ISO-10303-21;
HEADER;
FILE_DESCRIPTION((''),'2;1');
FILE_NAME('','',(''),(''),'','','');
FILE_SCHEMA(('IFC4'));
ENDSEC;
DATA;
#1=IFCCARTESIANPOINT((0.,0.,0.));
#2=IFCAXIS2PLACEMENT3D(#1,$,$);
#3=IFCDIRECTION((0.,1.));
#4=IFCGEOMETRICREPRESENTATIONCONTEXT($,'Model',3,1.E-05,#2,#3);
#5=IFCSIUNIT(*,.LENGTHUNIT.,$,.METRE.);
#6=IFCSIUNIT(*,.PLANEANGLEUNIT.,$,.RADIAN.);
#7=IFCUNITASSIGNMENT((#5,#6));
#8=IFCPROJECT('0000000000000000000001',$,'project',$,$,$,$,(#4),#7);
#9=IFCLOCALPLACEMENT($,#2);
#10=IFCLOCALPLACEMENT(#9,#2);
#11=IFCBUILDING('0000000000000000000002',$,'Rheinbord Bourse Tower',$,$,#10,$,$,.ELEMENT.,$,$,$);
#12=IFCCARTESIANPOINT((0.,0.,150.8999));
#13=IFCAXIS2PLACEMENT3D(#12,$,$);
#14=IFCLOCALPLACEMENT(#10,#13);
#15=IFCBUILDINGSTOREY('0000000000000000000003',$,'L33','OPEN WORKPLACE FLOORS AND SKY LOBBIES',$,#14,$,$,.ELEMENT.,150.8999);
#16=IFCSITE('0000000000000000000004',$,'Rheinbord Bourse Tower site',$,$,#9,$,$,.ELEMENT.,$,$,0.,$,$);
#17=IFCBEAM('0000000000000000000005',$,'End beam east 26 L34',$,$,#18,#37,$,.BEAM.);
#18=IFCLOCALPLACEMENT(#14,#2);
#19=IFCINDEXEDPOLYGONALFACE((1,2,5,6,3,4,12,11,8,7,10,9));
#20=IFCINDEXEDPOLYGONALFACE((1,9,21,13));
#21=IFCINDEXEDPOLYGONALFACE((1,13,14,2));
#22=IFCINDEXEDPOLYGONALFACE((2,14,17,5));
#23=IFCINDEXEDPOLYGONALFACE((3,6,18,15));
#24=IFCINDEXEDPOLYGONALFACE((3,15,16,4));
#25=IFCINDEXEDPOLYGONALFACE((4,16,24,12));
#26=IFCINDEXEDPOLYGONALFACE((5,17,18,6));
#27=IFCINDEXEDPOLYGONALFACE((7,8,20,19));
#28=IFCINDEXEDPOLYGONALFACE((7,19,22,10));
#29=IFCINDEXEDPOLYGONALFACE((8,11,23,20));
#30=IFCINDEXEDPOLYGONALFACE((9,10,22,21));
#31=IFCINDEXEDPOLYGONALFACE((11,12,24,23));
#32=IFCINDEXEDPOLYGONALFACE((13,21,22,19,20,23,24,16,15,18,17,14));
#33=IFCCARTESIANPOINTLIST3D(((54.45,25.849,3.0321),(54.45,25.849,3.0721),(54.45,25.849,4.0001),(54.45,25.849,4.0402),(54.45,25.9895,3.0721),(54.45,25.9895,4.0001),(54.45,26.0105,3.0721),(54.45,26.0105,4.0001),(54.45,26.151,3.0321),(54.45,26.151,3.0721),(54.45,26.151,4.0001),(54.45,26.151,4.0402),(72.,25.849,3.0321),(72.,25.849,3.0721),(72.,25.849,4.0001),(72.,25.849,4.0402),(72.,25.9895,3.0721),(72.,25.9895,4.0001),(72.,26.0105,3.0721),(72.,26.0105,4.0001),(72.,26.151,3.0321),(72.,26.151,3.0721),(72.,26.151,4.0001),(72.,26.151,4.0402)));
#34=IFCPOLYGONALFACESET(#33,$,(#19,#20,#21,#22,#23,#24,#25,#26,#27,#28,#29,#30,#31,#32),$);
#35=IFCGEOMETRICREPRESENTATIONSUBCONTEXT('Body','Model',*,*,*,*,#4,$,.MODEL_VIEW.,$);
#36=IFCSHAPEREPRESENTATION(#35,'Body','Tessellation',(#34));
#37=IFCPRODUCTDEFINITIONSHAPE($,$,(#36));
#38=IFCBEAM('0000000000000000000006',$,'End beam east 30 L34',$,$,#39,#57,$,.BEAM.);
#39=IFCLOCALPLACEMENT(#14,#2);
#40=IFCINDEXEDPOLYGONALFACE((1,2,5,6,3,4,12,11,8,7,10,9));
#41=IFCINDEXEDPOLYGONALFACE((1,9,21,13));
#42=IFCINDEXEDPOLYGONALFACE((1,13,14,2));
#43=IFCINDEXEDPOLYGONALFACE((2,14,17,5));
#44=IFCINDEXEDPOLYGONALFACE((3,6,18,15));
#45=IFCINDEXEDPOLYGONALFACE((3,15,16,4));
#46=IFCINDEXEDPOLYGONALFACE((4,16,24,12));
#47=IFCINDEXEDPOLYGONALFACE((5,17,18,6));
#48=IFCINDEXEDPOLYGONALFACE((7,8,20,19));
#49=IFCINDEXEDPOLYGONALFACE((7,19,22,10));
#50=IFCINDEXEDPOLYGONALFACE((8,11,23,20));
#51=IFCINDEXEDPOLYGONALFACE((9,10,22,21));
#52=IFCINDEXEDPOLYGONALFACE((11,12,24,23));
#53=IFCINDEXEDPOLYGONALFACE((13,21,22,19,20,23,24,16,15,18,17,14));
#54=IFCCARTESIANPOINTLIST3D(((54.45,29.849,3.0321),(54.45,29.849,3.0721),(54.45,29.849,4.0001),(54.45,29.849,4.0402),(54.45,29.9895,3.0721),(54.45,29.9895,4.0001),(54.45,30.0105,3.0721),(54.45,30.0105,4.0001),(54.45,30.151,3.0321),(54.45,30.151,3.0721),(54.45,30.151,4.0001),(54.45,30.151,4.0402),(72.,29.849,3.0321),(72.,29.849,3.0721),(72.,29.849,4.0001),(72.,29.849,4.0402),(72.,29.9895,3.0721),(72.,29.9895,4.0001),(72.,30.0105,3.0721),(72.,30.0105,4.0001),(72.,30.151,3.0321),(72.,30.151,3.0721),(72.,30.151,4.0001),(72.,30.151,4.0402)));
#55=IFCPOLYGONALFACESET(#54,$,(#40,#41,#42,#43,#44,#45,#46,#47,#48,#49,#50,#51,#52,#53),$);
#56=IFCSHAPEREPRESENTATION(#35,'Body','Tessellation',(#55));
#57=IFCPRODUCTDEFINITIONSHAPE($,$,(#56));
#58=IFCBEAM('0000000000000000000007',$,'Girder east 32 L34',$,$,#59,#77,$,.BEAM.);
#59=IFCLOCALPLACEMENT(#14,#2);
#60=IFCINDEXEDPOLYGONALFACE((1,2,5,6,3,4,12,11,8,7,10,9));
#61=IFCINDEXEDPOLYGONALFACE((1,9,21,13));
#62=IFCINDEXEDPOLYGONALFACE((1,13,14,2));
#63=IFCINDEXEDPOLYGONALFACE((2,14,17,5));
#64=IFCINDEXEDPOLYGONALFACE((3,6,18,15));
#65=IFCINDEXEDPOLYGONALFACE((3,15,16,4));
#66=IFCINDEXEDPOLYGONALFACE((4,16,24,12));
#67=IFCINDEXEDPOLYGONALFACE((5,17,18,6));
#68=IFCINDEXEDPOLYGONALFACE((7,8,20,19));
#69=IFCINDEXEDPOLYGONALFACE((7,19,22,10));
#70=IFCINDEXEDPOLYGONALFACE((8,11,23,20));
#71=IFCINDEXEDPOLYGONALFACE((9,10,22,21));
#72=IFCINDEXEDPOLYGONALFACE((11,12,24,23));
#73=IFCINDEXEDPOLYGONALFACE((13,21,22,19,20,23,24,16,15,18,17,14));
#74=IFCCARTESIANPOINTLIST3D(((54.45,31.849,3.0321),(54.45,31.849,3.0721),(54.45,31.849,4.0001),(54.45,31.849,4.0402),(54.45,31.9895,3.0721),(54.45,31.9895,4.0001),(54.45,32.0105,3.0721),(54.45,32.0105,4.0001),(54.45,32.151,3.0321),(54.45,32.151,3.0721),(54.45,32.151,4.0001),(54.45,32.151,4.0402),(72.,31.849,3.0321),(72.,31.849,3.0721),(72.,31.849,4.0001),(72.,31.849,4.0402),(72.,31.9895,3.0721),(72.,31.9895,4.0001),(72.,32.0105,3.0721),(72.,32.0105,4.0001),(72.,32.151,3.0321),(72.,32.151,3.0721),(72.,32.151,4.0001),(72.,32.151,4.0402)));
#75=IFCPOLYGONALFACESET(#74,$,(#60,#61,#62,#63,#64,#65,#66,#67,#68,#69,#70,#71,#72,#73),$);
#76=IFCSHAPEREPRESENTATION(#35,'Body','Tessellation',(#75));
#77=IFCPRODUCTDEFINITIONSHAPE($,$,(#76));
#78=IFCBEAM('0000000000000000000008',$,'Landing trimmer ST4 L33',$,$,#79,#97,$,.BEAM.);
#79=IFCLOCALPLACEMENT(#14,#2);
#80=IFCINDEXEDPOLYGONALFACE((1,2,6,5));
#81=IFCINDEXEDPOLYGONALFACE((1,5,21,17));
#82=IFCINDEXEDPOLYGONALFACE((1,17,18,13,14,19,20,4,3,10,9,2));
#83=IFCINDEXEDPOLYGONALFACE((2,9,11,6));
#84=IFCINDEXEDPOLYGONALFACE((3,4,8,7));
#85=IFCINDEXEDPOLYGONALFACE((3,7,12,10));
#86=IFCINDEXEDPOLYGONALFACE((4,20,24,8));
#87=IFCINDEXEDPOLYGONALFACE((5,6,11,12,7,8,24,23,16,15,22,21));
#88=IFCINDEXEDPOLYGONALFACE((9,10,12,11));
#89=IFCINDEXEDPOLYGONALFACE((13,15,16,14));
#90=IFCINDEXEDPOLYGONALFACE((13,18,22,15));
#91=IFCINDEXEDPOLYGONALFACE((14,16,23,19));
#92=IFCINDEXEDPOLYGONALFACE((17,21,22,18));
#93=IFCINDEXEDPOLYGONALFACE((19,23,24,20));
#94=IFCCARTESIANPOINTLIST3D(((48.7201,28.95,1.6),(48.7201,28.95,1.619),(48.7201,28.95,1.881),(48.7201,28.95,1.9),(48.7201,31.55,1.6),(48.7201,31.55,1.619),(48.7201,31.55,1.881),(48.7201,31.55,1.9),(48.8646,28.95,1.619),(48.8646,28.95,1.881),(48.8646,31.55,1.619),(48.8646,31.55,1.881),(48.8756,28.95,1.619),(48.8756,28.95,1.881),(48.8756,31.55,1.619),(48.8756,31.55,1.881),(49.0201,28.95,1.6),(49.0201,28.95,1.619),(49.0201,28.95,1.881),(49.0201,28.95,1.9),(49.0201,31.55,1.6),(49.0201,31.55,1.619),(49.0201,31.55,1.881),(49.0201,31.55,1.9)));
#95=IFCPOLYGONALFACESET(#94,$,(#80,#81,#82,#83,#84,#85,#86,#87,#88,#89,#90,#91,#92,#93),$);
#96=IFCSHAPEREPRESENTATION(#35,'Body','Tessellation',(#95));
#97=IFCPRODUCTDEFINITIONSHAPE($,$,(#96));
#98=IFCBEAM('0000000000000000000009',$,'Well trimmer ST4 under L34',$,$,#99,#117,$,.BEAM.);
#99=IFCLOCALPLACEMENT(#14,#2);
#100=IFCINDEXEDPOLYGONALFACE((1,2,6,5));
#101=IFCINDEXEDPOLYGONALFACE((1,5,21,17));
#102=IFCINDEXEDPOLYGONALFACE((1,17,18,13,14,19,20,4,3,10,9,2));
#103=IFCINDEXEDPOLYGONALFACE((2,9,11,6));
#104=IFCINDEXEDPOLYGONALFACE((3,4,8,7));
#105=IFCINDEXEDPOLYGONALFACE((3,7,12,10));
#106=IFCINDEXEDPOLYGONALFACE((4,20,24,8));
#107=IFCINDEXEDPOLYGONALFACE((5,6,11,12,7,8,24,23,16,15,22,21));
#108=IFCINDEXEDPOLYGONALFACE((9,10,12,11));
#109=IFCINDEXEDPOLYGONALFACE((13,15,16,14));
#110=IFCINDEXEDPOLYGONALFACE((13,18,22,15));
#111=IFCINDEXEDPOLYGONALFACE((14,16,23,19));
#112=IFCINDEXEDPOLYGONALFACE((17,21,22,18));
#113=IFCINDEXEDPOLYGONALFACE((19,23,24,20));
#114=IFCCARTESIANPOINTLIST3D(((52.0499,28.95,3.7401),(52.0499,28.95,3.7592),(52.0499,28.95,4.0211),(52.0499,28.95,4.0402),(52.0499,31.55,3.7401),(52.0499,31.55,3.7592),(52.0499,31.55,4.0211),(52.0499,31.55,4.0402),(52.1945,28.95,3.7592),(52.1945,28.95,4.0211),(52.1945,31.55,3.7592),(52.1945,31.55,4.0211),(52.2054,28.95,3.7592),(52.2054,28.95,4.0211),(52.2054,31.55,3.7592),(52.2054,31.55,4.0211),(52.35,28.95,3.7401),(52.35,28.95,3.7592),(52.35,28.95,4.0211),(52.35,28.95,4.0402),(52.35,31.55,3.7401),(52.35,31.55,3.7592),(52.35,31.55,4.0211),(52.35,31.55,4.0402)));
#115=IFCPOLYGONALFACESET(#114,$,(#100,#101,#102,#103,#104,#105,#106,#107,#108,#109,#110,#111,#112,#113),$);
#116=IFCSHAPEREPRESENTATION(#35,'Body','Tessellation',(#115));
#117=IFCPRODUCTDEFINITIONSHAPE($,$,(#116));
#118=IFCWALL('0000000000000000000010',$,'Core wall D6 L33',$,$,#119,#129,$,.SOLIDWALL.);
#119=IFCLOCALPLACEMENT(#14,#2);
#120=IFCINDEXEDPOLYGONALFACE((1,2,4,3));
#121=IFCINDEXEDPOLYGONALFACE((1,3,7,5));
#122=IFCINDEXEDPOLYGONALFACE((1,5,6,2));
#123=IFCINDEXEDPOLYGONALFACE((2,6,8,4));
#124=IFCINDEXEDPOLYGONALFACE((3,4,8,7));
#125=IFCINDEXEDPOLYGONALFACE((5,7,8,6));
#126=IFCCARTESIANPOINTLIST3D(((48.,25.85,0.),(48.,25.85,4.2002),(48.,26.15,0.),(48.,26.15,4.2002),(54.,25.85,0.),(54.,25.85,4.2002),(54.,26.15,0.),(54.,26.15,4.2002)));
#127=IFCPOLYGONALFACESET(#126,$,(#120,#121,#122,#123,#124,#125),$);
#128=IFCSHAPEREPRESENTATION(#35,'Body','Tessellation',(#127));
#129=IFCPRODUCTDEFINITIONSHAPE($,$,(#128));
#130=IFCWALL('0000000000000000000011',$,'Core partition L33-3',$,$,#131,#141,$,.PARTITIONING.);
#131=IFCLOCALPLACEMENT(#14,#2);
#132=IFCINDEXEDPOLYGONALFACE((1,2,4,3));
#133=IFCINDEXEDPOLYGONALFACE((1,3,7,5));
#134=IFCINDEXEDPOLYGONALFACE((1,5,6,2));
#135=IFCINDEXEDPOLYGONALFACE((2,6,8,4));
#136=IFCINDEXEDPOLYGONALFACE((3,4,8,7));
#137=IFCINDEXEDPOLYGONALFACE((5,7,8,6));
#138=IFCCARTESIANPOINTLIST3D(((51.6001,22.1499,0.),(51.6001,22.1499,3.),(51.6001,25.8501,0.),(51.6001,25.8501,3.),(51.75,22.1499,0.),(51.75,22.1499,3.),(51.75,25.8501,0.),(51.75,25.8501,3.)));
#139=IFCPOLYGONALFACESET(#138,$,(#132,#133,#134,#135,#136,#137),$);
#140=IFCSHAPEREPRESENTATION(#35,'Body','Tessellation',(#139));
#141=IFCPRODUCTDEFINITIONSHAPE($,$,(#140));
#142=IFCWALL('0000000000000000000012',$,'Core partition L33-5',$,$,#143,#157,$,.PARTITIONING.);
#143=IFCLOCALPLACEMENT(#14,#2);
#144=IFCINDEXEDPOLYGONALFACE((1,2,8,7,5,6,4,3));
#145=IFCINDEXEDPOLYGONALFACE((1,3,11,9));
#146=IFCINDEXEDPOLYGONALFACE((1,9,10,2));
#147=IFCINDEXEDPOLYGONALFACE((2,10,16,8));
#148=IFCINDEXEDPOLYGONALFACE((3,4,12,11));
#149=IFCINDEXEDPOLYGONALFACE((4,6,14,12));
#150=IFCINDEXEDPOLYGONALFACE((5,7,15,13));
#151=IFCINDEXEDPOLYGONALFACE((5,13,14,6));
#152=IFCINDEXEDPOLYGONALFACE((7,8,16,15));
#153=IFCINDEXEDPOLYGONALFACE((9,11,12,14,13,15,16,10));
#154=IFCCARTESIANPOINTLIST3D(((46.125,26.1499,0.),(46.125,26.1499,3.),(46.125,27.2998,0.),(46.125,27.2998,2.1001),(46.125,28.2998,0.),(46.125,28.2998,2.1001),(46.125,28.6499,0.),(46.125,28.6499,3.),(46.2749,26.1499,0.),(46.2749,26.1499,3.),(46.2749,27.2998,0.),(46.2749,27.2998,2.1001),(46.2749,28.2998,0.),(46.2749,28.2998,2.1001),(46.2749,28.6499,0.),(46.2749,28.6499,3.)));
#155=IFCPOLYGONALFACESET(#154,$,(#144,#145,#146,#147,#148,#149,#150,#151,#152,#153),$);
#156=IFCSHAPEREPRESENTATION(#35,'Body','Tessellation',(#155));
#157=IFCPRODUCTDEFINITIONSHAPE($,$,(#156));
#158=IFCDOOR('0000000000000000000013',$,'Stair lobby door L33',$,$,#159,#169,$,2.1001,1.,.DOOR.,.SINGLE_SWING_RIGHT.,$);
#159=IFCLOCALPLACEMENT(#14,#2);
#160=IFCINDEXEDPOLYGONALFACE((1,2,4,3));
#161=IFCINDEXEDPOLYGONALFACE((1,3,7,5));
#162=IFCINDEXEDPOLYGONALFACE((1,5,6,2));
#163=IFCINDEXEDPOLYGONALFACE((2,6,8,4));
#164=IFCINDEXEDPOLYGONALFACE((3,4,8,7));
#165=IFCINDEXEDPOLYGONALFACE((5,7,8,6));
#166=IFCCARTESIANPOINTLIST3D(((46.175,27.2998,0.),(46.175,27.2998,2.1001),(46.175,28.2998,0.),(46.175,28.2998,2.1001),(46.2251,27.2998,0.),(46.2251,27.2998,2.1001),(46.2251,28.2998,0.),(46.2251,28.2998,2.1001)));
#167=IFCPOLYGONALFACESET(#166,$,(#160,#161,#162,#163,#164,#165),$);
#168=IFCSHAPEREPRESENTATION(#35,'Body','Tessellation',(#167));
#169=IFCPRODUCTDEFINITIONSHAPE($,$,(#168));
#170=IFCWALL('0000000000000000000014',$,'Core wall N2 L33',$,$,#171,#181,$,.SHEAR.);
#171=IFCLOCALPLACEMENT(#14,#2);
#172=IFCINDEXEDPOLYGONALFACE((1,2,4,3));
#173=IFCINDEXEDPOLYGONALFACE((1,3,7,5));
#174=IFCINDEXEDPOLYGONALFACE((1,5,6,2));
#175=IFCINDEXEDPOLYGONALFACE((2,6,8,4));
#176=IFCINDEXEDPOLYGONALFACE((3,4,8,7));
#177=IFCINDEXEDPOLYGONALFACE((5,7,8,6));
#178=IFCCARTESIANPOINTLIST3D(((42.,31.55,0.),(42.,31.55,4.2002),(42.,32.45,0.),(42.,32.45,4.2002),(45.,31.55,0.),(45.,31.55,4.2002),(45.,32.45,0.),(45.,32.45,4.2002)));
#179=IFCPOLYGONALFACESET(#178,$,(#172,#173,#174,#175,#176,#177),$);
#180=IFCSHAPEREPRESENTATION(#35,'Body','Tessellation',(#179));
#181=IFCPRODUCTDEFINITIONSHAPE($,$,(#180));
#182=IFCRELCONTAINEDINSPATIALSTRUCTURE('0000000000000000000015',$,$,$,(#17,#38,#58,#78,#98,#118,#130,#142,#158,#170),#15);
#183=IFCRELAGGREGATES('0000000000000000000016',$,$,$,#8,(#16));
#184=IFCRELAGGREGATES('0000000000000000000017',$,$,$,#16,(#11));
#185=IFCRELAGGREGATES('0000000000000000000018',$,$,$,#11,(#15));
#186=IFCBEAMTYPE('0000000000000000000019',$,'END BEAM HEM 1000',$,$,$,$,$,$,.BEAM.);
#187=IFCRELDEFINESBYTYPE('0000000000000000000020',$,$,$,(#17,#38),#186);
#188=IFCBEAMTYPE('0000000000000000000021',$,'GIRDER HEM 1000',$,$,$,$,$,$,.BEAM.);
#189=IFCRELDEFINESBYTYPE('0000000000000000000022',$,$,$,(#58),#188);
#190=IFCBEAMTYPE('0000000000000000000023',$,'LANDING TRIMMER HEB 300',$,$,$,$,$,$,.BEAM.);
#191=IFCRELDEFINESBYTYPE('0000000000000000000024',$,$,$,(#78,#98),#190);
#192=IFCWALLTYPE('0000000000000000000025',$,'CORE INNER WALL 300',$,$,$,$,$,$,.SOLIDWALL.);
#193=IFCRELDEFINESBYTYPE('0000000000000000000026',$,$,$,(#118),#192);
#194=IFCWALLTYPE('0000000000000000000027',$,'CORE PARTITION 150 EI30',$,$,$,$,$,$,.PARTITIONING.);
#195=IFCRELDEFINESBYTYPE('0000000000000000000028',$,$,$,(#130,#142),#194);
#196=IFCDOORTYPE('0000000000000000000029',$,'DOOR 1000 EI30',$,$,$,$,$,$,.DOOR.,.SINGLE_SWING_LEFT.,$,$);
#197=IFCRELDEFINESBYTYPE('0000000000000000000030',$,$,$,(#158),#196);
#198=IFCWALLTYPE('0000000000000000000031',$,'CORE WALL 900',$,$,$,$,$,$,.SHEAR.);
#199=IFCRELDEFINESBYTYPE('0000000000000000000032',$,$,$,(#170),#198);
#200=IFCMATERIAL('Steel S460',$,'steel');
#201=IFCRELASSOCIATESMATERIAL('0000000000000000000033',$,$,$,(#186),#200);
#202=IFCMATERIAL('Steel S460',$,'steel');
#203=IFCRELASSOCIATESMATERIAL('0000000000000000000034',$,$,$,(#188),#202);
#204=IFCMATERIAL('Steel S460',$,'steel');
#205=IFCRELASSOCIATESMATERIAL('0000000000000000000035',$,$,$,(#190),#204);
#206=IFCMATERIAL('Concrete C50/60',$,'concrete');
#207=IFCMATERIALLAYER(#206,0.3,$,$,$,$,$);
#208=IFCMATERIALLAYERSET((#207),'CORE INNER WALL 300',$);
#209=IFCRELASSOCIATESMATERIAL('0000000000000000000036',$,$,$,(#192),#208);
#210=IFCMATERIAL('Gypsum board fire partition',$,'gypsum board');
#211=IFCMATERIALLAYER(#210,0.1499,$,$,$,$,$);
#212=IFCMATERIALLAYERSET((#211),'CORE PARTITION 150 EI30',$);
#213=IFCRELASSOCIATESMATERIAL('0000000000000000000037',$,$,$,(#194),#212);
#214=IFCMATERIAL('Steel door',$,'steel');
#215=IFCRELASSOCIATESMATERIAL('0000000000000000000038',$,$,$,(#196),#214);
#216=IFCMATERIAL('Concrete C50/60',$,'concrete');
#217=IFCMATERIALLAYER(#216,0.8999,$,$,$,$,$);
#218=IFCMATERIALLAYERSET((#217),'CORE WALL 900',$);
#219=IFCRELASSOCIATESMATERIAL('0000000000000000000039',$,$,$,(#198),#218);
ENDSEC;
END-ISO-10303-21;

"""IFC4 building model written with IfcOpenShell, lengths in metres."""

from ifc_helpers import new_model, si_unit, direction, frame, frame_2d, origin, origin_2d, place, context, subcontext, project, spatial, rectangle, i_section, extrude, material, layer, layer_set, material_profile, profile_set, type_object, element, fill, save


model = new_model("IFC4")

# Units and contexts
model_context = context("Model", 3, precision=1e-05, world=origin(), true_north=direction((0.0, 1.0)))
body_context = subcontext(model_context, "Body", "Model", "MODEL_VIEW")
ifc_project = project(units=[si_unit("LENGTHUNIT", "METRE"), si_unit("PLANEANGLEUNIT", "RADIAN")], contexts=[model_context])

# Site, building, storey
site_placement = place(None, origin())
site = spatial("IfcSite", under=ifc_project, at=site_placement, Name="Rheinbord Bourse Tower site", CompositionType="ELEMENT", RefElevation=0.0)
building_placement = place(site_placement, origin())
building = spatial("IfcBuilding", under=site, at=building_placement, Name="Rheinbord Bourse Tower", CompositionType="ELEMENT")
storey_placement = place(building_placement, frame((0.0, 0.0, 150.8999)))
storey = spatial("IfcBuildingStorey", under=building, at=storey_placement, Name="L33", Description="OPEN WORKPLACE FLOORS AND SKY LOBBIES", CompositionType="ELEMENT", Elevation=150.8999)

# Beams
ifc_material_1 = material(Name="Steel S460", Category="steel")
ifc_material_profile_1 = material_profile(ifc_material_1, i_section(OverallWidth=0.302, OverallDepth=1.0081, WebThickness=0.021, FlangeThickness=0.04, at=origin_2d()), Name="HEM 1000")
ifc_profile_set_1 = profile_set([ifc_material_profile_1], Name="Steel S460")
beam_type_1 = type_object("IfcBeamType", Name="END BEAM HEM 1000", PredefinedType="BEAM", material=ifc_profile_set_1)
for number, where, z_axis, x_axis, name in (
    (1, (54.45, 26.0, 3.5361), (1.0, 0.0, 0.0), (0.0, 1.0, 0.0), "End beam east 26 L34"),
    (2, (54.45, 30.0, 3.5361), (1.0, 0.0, 0.0), (0.0, 1.0, 0.0), "End beam east 30 L34"),
):
    element("IfcBeam", number, at=place(storey_placement, frame(where, z_axis=z_axis, x_axis=x_axis)), inside=storey, type_object=beam_type_1, Name=name, PredefinedType="BEAM", context=body_context, shape_type="SweptSolid", body=[
        extrude(i_section(OverallWidth=0.302, OverallDepth=1.0081, WebThickness=0.021, FlangeThickness=0.04, at=origin_2d()), origin(), (0.0, 0.0, 1.0), 17.55),
    ])
ifc_material_2 = material(Name="Steel S460", Category="steel")
ifc_material_profile_2 = material_profile(ifc_material_2, i_section(OverallWidth=0.302, OverallDepth=1.0081, WebThickness=0.021, FlangeThickness=0.04, at=origin_2d()), Name="HEM 1000")
ifc_profile_set_2 = profile_set([ifc_material_profile_2], Name="Steel S460")
beam_type_2 = type_object("IfcBeamType", Name="GIRDER HEM 1000", PredefinedType="BEAM", material=ifc_profile_set_2)
beam_placement = place(storey_placement, frame((54.45, 32.0, 3.5361), z_axis=(1.0, 0.0, 0.0), x_axis=(0.0, 1.0, 0.0)))
element("IfcBeam", 3, at=beam_placement, inside=storey, type_object=beam_type_2, Name="Girder east 32 L34", PredefinedType="BEAM", context=body_context, shape_type="SweptSolid", body=[
    extrude(i_section(OverallWidth=0.302, OverallDepth=1.0081, WebThickness=0.021, FlangeThickness=0.04, at=origin_2d()), origin(), (0.0, 0.0, 1.0), 17.55),
])
ifc_material_3 = material(Name="Steel S460", Category="steel")
ifc_material_profile_3 = material_profile(ifc_material_3, i_section(OverallWidth=0.3, OverallDepth=0.3, WebThickness=0.011, FlangeThickness=0.019, at=origin_2d()), Name="HEB 300")
ifc_profile_set_3 = profile_set([ifc_material_profile_3], Name="Steel S460")
beam_type_3 = type_object("IfcBeamType", Name="LANDING TRIMMER HEB 300", PredefinedType="BEAM", material=ifc_profile_set_3)
for number, where, z_axis, x_axis, name in (
    (4, (48.8701, 28.95, 1.75), (0.0, 1.0, 0.0), (-1.0, 0.0, 0.0), "Landing trimmer ST4 L33"),
    (5, (52.2, 28.95, 3.8901), (0.0, 1.0, 0.0), (-1.0, 0.0, 0.0), "Well trimmer ST4 under L34"),
):
    element("IfcBeam", number, at=place(storey_placement, frame(where, z_axis=z_axis, x_axis=x_axis)), inside=storey, type_object=beam_type_3, Name=name, PredefinedType="BEAM", context=body_context, shape_type="SweptSolid", body=[
        extrude(i_section(OverallWidth=0.3, OverallDepth=0.3, WebThickness=0.011, FlangeThickness=0.019, at=origin_2d()), origin(), (0.0, 0.0, 1.0), 2.6001),
    ])

# Walls
ifc_material_4 = material(Name="Concrete C50/60", Category="concrete")
ifc_layer_1 = layer(ifc_material_4, 0.3)
ifc_layer_set_1 = layer_set([ifc_layer_1], Name="CORE INNER WALL 300")
wall_type_1 = type_object("IfcWallType", Name="CORE INNER WALL 300", PredefinedType="SOLIDWALL", material=ifc_layer_set_1)
wall_1_placement = place(storey_placement, frame((48.0, 26.0, 0.0), z_axis=(0.0, 0.0, 1.0), x_axis=(1.0, 0.0, 0.0)))
element("IfcWall", 6, at=wall_1_placement, inside=storey, type_object=wall_type_1, Name="Core wall D6 L33", PredefinedType="SOLIDWALL", context=body_context, shape_type="SweptSolid", body=[
    extrude(rectangle(XDim=6.0, YDim=0.3, at=frame_2d((3.0, 0.0))), origin(), (0.0, 0.0, 1.0), 4.2002),
])
ifc_material_5 = material(Name="Gypsum board fire partition", Category="gypsum board")
ifc_layer_2 = layer(ifc_material_5, 0.1499)
ifc_layer_set_2 = layer_set([ifc_layer_2], Name="CORE PARTITION 150 EI30")
wall_type_2 = type_object("IfcWallType", Name="CORE PARTITION 150 EI30", PredefinedType="PARTITIONING", material=ifc_layer_set_2)
wall_2_placement = place(storey_placement, frame((51.675, 22.1499, 0.0), z_axis=(0.0, 0.0, 1.0), x_axis=(0.0, 1.0, 0.0)))
element("IfcWall", 7, at=wall_2_placement, inside=storey, type_object=wall_type_2, Name="Core partition L33-3", PredefinedType="PARTITIONING", context=body_context, shape_type="SweptSolid", body=[
    extrude(rectangle(XDim=3.7002, YDim=0.1499, at=frame_2d((1.8501, 0.0))), origin(), (0.0, 0.0, 1.0), 3.0),
])

# Wall, opening, door
wall_3_placement = place(storey_placement, frame((46.2, 26.1499, 0.0), z_axis=(0.0, 0.0, 1.0), x_axis=(0.0, 1.0, 0.0)))
wall_3 = element("IfcWall", 8, at=wall_3_placement, inside=storey, type_object=wall_type_2, Name="Core partition L33-5", PredefinedType="PARTITIONING", context=body_context, shape_type="SweptSolid", body=[
    extrude(rectangle(XDim=2.5, YDim=0.1499, at=frame_2d((1.25, 0.0))), origin(), (0.0, 0.0, 1.0), 3.0),
])
opening_1_placement = place(wall_3_placement, frame((1.1499, 0.0, 0.0)))
opening_1 = element("IfcOpeningElement", 9, at=opening_1_placement, cuts=wall_3, PredefinedType="OPENING", context=body_context, shape_type="SweptSolid", body=[
    extrude(rectangle(XDim=1.0, YDim=2.1001, at=frame_2d((0.5, 1.05))), frame((0.0, 0.085, 0.0), z_axis=(0.0, -1.0, 0.0), x_axis=(1.0, 0.0, 0.0)), (0.0, 0.0, 1.0), 0.1699),
])
ifc_material_6 = material(Name="Steel door", Category="steel")
door_type_1 = type_object("IfcDoorType", Name="DOOR 1000 EI30", OperationType="SINGLE_SWING_LEFT", PredefinedType="DOOR", material=ifc_material_6)
door_1_placement = place(opening_1_placement, origin())
door_1 = element("IfcDoor", 10, at=door_1_placement, inside=storey, type_object=door_type_1, Name="Stair lobby door L33", OperationType="SINGLE_SWING_RIGHT", OverallHeight=2.1001, OverallWidth=1.0, PredefinedType="DOOR", context=body_context, shape_type="SweptSolid", body=[
    extrude(rectangle(XDim=1.0, YDim=2.1001, at=frame_2d((0.5, 1.05))), frame((0.0, 0.0249, 0.0), z_axis=(0.0, -1.0, 0.0), x_axis=(1.0, 0.0, 0.0)), (0.0, 0.0, 1.0), 0.05),
])
fill(opening_1, door_1)

# Wall
ifc_material_7 = material(Name="Concrete C50/60", Category="concrete")
ifc_layer_3 = layer(ifc_material_7, 0.8999)
ifc_layer_set_3 = layer_set([ifc_layer_3], Name="CORE WALL 900")
wall_type_3 = type_object("IfcWallType", Name="CORE WALL 900", PredefinedType="SHEAR", material=ifc_layer_set_3)
wall_4_placement = place(storey_placement, frame((45.0, 32.0, 0.0), z_axis=(0.0, 0.0, 1.0), x_axis=(-1.0, 0.0, 0.0)))
element("IfcWall", 11, at=wall_4_placement, inside=storey, type_object=wall_type_3, Name="Core wall N2 L33", PredefinedType="SHEAR", context=body_context, shape_type="SweptSolid", body=[
    extrude(rectangle(XDim=3.0, YDim=0.8999, at=frame_2d((1.5, 0.0))), origin(), (0.0, 0.0, 1.0), 4.2002),
])

save(model, "model.ifc")
